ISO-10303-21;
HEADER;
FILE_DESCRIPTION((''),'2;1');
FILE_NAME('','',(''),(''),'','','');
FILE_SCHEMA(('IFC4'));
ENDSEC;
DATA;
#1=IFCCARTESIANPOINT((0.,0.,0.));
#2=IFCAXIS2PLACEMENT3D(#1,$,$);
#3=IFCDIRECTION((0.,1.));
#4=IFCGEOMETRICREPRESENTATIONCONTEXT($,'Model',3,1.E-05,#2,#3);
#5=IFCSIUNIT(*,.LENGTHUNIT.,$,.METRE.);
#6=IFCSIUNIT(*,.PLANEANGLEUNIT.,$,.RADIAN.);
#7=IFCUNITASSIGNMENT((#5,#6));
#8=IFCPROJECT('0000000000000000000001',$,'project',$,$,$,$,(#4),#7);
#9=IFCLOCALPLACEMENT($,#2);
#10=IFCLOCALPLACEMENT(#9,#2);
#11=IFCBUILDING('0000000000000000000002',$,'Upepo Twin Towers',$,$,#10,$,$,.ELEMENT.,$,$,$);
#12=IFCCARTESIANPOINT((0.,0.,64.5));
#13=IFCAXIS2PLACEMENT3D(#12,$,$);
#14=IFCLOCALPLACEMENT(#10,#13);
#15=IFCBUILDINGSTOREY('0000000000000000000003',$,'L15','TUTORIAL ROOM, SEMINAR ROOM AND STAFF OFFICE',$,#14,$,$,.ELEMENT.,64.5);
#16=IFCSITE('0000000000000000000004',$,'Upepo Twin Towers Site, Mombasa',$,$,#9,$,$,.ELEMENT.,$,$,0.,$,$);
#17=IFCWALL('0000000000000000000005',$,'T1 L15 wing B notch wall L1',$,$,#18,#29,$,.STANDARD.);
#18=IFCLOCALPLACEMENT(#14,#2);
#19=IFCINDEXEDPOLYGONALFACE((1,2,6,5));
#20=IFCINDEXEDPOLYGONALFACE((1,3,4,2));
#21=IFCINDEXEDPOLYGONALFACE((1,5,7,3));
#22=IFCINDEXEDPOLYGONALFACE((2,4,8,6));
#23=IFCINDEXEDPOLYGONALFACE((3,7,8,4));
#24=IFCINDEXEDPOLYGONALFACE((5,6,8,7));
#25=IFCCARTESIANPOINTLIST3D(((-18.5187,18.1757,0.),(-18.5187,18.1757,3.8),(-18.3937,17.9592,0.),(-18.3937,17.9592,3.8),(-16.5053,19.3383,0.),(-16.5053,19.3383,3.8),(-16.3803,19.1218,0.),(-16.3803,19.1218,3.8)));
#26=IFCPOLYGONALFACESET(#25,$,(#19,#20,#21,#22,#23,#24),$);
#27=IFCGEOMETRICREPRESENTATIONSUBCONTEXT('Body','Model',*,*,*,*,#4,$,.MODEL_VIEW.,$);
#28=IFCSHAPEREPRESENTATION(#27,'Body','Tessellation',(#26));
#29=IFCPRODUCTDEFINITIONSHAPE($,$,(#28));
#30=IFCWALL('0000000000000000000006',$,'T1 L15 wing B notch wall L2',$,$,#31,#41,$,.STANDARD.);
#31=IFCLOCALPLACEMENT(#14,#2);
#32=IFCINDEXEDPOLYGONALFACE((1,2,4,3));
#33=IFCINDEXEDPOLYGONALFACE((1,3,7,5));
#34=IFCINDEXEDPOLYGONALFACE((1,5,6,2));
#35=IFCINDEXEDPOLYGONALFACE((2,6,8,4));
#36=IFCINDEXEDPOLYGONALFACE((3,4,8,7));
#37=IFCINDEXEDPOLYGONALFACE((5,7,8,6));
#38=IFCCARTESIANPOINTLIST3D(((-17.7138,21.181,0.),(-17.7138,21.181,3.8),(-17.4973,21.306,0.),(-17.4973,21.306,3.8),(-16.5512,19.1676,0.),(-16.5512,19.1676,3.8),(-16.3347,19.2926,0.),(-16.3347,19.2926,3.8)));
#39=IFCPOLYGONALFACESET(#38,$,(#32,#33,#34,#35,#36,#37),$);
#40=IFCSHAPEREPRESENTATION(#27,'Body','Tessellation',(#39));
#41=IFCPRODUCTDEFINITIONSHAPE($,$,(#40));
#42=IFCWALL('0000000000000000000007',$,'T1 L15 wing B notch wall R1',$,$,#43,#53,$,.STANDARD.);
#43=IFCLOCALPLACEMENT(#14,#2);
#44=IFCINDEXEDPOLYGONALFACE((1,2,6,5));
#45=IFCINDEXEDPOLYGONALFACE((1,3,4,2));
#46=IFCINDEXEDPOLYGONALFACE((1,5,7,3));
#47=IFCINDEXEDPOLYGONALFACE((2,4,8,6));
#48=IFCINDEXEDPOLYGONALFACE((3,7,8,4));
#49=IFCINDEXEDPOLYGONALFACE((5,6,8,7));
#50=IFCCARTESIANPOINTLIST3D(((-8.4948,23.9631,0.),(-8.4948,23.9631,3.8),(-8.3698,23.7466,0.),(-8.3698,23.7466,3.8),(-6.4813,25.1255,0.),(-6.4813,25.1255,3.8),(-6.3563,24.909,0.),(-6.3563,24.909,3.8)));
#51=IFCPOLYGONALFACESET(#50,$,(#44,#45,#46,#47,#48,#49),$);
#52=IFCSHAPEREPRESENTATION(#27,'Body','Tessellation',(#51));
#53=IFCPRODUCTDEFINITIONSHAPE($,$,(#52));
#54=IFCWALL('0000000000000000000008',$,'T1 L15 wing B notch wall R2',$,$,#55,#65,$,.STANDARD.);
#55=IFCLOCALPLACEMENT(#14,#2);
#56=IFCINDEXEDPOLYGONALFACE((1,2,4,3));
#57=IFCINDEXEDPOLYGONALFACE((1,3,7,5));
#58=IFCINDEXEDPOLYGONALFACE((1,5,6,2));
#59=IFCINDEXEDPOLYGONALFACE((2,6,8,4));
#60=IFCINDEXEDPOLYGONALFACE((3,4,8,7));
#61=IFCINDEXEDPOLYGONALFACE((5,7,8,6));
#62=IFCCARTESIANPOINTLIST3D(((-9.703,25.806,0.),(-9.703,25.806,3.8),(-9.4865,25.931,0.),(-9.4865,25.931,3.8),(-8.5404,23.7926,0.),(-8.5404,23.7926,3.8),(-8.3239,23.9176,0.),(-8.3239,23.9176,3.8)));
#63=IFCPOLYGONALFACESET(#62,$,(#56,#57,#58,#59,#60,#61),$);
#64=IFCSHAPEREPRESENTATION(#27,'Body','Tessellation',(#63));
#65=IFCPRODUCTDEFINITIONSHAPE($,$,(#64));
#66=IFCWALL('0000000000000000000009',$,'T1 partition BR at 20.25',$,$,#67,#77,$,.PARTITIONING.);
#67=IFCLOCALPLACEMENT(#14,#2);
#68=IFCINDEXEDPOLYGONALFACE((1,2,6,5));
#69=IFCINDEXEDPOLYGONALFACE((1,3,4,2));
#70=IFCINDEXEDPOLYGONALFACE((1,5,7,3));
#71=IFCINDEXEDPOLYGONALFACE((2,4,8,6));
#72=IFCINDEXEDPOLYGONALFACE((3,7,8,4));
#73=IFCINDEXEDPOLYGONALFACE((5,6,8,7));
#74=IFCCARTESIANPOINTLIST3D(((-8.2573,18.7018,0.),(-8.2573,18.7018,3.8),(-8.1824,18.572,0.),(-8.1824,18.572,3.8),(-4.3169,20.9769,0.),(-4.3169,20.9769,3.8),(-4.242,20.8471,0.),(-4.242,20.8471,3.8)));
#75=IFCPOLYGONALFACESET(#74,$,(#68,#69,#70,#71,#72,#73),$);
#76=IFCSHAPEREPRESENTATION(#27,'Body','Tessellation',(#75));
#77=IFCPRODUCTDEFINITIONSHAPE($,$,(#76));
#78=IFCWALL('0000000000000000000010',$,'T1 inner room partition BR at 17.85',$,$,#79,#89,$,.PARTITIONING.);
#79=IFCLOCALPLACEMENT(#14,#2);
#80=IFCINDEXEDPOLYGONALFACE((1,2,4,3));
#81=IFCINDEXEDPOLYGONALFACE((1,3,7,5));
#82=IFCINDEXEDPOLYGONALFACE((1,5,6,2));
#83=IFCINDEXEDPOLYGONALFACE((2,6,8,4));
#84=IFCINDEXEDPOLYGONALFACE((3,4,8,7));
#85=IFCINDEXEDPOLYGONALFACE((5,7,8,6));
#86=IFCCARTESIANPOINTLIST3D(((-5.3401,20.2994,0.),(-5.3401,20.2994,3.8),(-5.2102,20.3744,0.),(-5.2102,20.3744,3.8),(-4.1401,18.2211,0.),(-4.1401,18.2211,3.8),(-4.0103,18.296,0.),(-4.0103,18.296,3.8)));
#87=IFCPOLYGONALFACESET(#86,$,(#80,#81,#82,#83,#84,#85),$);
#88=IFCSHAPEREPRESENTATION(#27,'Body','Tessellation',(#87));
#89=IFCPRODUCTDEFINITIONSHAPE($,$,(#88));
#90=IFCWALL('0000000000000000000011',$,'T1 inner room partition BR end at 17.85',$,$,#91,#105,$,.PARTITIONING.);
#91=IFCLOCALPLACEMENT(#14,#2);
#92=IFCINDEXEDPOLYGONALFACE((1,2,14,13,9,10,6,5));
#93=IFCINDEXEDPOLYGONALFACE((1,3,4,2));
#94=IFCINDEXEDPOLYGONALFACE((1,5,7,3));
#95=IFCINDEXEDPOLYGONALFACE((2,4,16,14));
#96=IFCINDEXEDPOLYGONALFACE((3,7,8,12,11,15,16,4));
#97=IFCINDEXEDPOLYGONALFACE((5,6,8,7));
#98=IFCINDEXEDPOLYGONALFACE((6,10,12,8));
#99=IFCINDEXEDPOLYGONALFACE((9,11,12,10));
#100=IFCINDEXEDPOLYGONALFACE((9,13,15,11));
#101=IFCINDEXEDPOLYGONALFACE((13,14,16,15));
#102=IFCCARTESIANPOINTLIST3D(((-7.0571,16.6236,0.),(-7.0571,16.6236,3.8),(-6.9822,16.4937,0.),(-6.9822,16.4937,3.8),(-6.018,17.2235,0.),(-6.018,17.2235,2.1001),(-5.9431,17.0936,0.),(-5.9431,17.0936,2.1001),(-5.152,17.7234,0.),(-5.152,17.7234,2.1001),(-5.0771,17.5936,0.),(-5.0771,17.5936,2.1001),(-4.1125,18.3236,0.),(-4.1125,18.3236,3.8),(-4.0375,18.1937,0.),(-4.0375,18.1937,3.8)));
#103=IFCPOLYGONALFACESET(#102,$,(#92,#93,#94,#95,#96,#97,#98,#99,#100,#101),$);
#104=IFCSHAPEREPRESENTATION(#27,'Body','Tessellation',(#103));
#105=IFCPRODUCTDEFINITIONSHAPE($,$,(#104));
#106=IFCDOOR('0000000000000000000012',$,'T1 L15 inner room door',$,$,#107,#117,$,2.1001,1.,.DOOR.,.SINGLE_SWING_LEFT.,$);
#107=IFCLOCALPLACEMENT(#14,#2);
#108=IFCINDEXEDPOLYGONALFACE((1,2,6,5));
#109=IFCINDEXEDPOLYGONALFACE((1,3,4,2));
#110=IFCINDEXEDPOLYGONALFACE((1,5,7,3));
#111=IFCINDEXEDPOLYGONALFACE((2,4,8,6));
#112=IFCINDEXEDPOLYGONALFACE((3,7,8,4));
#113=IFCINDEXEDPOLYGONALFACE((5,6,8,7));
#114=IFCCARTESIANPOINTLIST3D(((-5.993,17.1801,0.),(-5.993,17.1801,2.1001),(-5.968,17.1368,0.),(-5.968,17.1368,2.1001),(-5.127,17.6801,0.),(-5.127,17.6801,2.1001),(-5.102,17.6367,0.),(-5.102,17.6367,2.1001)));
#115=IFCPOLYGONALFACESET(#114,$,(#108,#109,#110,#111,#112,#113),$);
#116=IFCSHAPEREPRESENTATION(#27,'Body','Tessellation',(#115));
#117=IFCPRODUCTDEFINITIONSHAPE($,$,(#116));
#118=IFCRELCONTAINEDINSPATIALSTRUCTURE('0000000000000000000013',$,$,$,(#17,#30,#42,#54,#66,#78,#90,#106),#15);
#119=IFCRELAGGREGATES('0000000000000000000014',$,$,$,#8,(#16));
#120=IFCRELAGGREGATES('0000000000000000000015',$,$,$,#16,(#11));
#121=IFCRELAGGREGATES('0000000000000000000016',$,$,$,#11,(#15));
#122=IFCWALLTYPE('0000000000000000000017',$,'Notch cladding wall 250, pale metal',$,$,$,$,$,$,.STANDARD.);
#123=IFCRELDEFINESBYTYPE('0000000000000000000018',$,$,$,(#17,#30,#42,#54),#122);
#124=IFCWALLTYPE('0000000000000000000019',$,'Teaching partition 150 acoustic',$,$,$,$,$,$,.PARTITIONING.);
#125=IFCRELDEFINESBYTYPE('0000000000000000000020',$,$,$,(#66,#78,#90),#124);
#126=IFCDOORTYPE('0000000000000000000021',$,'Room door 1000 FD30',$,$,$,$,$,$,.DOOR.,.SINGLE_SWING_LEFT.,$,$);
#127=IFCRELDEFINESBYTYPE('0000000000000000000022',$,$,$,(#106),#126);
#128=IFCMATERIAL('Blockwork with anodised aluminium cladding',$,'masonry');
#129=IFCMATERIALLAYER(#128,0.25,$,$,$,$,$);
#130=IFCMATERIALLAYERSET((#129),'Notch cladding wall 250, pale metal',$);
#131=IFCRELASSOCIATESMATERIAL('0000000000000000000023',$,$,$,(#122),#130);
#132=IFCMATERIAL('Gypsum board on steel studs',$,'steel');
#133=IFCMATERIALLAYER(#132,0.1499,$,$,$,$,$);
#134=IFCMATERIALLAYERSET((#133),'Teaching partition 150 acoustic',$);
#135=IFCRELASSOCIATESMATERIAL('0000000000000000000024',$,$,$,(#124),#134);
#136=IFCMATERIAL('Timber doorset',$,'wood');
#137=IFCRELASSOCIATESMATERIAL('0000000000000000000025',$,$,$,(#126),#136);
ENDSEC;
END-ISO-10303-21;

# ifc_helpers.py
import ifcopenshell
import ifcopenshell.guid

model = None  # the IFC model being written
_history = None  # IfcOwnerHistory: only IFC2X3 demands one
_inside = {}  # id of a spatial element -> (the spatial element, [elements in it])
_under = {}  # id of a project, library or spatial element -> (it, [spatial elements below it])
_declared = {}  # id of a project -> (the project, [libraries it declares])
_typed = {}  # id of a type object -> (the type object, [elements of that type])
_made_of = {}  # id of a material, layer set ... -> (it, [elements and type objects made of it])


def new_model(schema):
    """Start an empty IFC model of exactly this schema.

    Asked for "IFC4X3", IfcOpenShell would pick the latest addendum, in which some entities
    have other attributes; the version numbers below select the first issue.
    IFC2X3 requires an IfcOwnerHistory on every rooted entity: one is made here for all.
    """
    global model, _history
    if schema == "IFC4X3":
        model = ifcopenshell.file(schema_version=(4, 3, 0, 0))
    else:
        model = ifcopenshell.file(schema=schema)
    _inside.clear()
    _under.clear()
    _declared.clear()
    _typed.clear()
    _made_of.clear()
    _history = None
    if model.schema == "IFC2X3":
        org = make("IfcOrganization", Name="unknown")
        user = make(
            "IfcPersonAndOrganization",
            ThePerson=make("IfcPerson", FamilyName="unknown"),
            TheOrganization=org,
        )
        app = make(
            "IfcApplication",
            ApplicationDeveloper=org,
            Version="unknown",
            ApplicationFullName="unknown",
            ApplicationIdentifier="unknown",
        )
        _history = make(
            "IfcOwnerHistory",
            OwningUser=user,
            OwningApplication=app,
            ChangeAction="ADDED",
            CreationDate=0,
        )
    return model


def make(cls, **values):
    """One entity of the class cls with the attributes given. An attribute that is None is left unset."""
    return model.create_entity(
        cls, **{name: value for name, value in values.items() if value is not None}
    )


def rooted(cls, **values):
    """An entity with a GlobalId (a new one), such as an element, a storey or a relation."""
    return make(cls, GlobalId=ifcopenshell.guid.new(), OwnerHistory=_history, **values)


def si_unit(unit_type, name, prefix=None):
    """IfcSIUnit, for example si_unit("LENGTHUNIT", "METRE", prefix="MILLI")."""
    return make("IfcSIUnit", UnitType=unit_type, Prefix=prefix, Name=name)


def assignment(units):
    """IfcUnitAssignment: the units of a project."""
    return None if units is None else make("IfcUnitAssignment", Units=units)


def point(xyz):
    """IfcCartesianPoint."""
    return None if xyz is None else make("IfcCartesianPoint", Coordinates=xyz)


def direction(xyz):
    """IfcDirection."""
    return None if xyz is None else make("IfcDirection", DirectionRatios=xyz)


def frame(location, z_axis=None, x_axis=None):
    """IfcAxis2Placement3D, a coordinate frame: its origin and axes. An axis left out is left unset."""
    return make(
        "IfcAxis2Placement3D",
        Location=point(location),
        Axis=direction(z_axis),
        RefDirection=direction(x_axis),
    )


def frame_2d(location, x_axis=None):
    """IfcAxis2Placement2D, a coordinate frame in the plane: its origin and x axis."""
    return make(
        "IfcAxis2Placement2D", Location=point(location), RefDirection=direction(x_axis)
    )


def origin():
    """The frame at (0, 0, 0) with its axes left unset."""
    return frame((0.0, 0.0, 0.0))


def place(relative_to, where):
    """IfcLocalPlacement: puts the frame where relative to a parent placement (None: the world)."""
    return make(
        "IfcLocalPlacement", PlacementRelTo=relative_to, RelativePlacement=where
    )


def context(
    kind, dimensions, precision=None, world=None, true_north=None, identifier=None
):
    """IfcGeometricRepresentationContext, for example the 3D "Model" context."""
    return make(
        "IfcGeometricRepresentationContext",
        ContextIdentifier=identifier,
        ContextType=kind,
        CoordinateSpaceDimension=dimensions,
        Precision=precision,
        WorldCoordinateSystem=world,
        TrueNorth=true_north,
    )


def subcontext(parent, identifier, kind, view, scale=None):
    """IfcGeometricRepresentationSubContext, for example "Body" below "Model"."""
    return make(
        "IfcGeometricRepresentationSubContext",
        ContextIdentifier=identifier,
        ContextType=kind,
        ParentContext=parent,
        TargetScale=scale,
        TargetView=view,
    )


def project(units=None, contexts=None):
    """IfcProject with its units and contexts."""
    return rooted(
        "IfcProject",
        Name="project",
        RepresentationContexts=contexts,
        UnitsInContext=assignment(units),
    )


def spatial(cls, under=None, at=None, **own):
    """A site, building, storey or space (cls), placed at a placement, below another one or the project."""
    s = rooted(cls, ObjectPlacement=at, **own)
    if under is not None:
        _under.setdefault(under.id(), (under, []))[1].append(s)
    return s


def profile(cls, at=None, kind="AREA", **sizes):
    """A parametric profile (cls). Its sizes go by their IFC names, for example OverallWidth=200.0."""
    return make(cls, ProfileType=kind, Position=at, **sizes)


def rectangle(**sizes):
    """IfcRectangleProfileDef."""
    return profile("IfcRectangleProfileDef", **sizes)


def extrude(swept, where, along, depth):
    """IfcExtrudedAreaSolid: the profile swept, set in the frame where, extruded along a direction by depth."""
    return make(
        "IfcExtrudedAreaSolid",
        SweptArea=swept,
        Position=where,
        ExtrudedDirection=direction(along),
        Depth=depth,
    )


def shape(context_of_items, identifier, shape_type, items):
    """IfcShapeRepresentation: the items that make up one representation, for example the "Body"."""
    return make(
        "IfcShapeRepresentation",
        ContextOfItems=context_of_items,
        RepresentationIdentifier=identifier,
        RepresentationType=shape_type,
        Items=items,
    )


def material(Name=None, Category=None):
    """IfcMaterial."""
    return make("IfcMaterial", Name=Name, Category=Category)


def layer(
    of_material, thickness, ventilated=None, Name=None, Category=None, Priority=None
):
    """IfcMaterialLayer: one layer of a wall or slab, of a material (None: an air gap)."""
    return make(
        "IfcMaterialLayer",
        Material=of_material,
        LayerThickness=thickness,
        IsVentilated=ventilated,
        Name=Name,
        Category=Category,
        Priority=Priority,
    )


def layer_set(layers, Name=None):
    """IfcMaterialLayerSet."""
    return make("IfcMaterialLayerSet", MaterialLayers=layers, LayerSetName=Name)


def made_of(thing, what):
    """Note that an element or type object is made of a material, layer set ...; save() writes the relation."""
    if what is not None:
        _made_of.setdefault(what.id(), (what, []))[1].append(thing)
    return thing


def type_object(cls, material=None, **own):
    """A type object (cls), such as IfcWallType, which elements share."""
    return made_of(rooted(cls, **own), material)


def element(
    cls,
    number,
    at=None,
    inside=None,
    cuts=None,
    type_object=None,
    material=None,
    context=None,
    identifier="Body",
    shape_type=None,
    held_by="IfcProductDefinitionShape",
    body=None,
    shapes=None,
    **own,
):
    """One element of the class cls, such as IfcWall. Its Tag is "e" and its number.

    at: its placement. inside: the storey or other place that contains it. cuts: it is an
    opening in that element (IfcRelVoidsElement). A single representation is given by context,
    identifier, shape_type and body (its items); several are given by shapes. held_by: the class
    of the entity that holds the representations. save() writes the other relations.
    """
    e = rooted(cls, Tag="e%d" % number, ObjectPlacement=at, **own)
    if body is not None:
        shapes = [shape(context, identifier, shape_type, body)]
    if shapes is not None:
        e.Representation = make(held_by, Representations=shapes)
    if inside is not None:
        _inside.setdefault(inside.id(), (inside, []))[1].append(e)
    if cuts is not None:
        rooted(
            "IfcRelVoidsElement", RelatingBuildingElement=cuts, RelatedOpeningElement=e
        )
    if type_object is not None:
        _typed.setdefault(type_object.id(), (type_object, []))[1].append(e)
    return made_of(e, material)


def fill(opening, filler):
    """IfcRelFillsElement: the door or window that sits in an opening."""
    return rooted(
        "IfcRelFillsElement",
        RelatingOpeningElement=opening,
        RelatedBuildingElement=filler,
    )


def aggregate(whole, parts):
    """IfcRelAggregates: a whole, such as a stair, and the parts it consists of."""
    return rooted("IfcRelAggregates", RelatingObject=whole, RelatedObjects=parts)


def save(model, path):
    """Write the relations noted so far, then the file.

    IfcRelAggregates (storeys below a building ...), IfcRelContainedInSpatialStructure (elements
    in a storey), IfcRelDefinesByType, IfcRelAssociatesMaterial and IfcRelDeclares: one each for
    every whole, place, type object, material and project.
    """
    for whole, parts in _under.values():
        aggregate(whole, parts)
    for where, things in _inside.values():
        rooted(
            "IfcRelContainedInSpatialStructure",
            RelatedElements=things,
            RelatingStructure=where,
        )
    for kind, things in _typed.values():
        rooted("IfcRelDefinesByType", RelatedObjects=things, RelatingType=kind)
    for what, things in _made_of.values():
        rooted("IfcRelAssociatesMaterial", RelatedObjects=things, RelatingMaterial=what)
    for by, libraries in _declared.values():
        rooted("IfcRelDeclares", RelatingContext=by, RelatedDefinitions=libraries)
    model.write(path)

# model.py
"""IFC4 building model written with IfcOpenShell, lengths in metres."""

from ifc_helpers import new_model, si_unit, direction, frame, frame_2d, origin, place, context, subcontext, project, spatial, rectangle, extrude, material, layer, layer_set, type_object, element, fill, save


model = new_model("IFC4")

# Units and contexts
model_context = context("Model", 3, precision=1e-05, world=origin(), true_north=direction((0.0, 1.0)))
body_context = subcontext(model_context, "Body", "Model", "MODEL_VIEW")
ifc_project = project(units=[si_unit("LENGTHUNIT", "METRE"), si_unit("PLANEANGLEUNIT", "RADIAN")], contexts=[model_context])

# Site, building, storey
site_placement = place(None, origin())
site = spatial("IfcSite", under=ifc_project, at=site_placement, Name="Upepo Twin Towers Site, Mombasa", CompositionType="ELEMENT", RefElevation=0.0)
building_placement = place(site_placement, origin())
building = spatial("IfcBuilding", under=site, at=building_placement, Name="Upepo Twin Towers", CompositionType="ELEMENT")
storey_placement = place(building_placement, frame((0.0, 0.0, 64.5)))
storey = spatial("IfcBuildingStorey", under=building, at=storey_placement, Name="L15", Description="TUTORIAL ROOM, SEMINAR ROOM AND STAFF OFFICE", CompositionType="ELEMENT", Elevation=64.5)

# Walls
ifc_material_1 = material(Name="Blockwork with anodised aluminium cladding", Category="masonry")
ifc_layer_1 = layer(ifc_material_1, 0.25)
ifc_layer_set_1 = layer_set([ifc_layer_1], Name="Notch cladding wall 250, pale metal")
wall_type_1 = type_object("IfcWallType", Name="Notch cladding wall 250, pale metal", PredefinedType="STANDARD", material=ifc_layer_set_1)
for number, where, z_axis, x_axis, name in (
    (1, (-18.4563, 18.0674, 0.0), (0.0, 0.0, 1.0), (0.865998, 0.500047, 0.0), "T1 L15 wing B notch wall L1"),
    (2, (-16.4429, 19.23, 0.0), (0.0, 0.0, 1.0), (-0.500047, 0.865998, 0.0), "T1 L15 wing B notch wall L2"),
    (3, (-6.4187, 25.0173, 0.0), (0.0, 0.0, 1.0), (-0.866044, -0.499968, 0.0), "T1 L15 wing B notch wall R1"),
    (4, (-8.4321, 23.855, 0.0), (0.0, 0.0, 1.0), (-0.500047, 0.865998, 0.0), "T1 L15 wing B notch wall R2"),
):
    element("IfcWall", number, at=place(storey_placement, frame(where, z_axis=z_axis, x_axis=x_axis)), inside=storey, type_object=wall_type_1, Name=name, PredefinedType="STANDARD", context=body_context, shape_type="SweptSolid", body=[
        extrude(rectangle(XDim=2.325, YDim=0.25, at=frame_2d((1.1626, 0.0))), origin(), (0.0, 0.0, 1.0), 3.8),
    ])
ifc_material_2 = material(Name="Gypsum board on steel studs", Category="steel")
ifc_layer_2 = layer(ifc_material_2, 0.1499)
ifc_layer_set_2 = layer_set([ifc_layer_2], Name="Teaching partition 150 acoustic")
wall_type_2 = type_object("IfcWallType", Name="Teaching partition 150 acoustic", PredefinedType="PARTITIONING", material=ifc_layer_set_2)
wall_1_placement = place(storey_placement, frame((-8.2197, 18.637, 0.0), z_axis=(0.0, 0.0, 1.0), x_axis=(0.866012, 0.500023, 0.0)))
element("IfcWall", 5, at=wall_1_placement, inside=storey, type_object=wall_type_2, Name="T1 partition BR at 20.25", PredefinedType="PARTITIONING", context=body_context, shape_type="SweptSolid", body=[
    extrude(rectangle(XDim=4.55, YDim=0.1499, at=frame_2d((2.2749, 0.0))), origin(), (0.0, 0.0, 1.0), 3.8),
])
wall_2_placement = place(storey_placement, frame((-4.0752, 18.2585, 0.0), z_axis=(0.0, 0.0, 1.0), x_axis=(-0.500001, 0.866025, 0.0)))
element("IfcWall", 6, at=wall_2_placement, inside=storey, type_object=wall_type_2, Name="T1 inner room partition BR at 17.85", PredefinedType="PARTITIONING", context=body_context, shape_type="SweptSolid", body=[
    extrude(rectangle(XDim=2.3999, YDim=0.1499, at=frame_2d((1.2, 0.0))), origin(), (0.0, 0.0, 1.0), 3.8),
])

# Wall, opening, door
wall_3_placement = place(storey_placement, frame((-7.0198, 16.5586, 0.0), z_axis=(0.0, 0.0, 1.0), x_axis=(0.866039, 0.499977, 0.0)))
wall_3 = element("IfcWall", 7, at=wall_3_placement, inside=storey, type_object=wall_type_2, Name="T1 inner room partition BR end at 17.85", PredefinedType="PARTITIONING", context=body_context, shape_type="SweptSolid", body=[
    extrude(rectangle(XDim=3.4001, YDim=0.1499, at=frame_2d((1.7002, 0.0))), origin(), (0.0, 0.0, 1.0), 3.8),
])
opening_placement = place(wall_3_placement, frame((1.2, 0.0, 0.0)))
opening = element("IfcOpeningElement", 8, at=opening_placement, cuts=wall_3, PredefinedType="OPENING", context=body_context, shape_type="SweptSolid", body=[
    extrude(rectangle(XDim=1.0, YDim=2.1001, at=frame_2d((0.5, 1.05))), frame((0.0, 0.085, 0.0), z_axis=(0.0, -1.0, 0.0), x_axis=(1.0, 0.0, 0.0)), (0.0, 0.0, 1.0), 0.1699),
])
ifc_material_3 = material(Name="Timber doorset", Category="wood")
door_type = type_object("IfcDoorType", Name="Room door 1000 FD30", OperationType="SINGLE_SWING_LEFT", PredefinedType="DOOR", material=ifc_material_3)
door_placement = place(opening_placement, origin())
door = element("IfcDoor", 9, at=door_placement, inside=storey, type_object=door_type, Name="T1 L15 inner room door", OperationType="SINGLE_SWING_LEFT", OverallHeight=2.1001, OverallWidth=1.0, PredefinedType="DOOR", context=body_context, shape_type="SweptSolid", body=[
    extrude(rectangle(XDim=1.0, YDim=2.1001, at=frame_2d((0.5, 1.05))), frame((0.0, 0.0249, 0.0), z_axis=(0.0, -1.0, 0.0), x_axis=(1.0, 0.0, 0.0)), (0.0, 0.0, 1.0), 0.05),
])
fill(opening, door)

save(model, "model.ifc")
